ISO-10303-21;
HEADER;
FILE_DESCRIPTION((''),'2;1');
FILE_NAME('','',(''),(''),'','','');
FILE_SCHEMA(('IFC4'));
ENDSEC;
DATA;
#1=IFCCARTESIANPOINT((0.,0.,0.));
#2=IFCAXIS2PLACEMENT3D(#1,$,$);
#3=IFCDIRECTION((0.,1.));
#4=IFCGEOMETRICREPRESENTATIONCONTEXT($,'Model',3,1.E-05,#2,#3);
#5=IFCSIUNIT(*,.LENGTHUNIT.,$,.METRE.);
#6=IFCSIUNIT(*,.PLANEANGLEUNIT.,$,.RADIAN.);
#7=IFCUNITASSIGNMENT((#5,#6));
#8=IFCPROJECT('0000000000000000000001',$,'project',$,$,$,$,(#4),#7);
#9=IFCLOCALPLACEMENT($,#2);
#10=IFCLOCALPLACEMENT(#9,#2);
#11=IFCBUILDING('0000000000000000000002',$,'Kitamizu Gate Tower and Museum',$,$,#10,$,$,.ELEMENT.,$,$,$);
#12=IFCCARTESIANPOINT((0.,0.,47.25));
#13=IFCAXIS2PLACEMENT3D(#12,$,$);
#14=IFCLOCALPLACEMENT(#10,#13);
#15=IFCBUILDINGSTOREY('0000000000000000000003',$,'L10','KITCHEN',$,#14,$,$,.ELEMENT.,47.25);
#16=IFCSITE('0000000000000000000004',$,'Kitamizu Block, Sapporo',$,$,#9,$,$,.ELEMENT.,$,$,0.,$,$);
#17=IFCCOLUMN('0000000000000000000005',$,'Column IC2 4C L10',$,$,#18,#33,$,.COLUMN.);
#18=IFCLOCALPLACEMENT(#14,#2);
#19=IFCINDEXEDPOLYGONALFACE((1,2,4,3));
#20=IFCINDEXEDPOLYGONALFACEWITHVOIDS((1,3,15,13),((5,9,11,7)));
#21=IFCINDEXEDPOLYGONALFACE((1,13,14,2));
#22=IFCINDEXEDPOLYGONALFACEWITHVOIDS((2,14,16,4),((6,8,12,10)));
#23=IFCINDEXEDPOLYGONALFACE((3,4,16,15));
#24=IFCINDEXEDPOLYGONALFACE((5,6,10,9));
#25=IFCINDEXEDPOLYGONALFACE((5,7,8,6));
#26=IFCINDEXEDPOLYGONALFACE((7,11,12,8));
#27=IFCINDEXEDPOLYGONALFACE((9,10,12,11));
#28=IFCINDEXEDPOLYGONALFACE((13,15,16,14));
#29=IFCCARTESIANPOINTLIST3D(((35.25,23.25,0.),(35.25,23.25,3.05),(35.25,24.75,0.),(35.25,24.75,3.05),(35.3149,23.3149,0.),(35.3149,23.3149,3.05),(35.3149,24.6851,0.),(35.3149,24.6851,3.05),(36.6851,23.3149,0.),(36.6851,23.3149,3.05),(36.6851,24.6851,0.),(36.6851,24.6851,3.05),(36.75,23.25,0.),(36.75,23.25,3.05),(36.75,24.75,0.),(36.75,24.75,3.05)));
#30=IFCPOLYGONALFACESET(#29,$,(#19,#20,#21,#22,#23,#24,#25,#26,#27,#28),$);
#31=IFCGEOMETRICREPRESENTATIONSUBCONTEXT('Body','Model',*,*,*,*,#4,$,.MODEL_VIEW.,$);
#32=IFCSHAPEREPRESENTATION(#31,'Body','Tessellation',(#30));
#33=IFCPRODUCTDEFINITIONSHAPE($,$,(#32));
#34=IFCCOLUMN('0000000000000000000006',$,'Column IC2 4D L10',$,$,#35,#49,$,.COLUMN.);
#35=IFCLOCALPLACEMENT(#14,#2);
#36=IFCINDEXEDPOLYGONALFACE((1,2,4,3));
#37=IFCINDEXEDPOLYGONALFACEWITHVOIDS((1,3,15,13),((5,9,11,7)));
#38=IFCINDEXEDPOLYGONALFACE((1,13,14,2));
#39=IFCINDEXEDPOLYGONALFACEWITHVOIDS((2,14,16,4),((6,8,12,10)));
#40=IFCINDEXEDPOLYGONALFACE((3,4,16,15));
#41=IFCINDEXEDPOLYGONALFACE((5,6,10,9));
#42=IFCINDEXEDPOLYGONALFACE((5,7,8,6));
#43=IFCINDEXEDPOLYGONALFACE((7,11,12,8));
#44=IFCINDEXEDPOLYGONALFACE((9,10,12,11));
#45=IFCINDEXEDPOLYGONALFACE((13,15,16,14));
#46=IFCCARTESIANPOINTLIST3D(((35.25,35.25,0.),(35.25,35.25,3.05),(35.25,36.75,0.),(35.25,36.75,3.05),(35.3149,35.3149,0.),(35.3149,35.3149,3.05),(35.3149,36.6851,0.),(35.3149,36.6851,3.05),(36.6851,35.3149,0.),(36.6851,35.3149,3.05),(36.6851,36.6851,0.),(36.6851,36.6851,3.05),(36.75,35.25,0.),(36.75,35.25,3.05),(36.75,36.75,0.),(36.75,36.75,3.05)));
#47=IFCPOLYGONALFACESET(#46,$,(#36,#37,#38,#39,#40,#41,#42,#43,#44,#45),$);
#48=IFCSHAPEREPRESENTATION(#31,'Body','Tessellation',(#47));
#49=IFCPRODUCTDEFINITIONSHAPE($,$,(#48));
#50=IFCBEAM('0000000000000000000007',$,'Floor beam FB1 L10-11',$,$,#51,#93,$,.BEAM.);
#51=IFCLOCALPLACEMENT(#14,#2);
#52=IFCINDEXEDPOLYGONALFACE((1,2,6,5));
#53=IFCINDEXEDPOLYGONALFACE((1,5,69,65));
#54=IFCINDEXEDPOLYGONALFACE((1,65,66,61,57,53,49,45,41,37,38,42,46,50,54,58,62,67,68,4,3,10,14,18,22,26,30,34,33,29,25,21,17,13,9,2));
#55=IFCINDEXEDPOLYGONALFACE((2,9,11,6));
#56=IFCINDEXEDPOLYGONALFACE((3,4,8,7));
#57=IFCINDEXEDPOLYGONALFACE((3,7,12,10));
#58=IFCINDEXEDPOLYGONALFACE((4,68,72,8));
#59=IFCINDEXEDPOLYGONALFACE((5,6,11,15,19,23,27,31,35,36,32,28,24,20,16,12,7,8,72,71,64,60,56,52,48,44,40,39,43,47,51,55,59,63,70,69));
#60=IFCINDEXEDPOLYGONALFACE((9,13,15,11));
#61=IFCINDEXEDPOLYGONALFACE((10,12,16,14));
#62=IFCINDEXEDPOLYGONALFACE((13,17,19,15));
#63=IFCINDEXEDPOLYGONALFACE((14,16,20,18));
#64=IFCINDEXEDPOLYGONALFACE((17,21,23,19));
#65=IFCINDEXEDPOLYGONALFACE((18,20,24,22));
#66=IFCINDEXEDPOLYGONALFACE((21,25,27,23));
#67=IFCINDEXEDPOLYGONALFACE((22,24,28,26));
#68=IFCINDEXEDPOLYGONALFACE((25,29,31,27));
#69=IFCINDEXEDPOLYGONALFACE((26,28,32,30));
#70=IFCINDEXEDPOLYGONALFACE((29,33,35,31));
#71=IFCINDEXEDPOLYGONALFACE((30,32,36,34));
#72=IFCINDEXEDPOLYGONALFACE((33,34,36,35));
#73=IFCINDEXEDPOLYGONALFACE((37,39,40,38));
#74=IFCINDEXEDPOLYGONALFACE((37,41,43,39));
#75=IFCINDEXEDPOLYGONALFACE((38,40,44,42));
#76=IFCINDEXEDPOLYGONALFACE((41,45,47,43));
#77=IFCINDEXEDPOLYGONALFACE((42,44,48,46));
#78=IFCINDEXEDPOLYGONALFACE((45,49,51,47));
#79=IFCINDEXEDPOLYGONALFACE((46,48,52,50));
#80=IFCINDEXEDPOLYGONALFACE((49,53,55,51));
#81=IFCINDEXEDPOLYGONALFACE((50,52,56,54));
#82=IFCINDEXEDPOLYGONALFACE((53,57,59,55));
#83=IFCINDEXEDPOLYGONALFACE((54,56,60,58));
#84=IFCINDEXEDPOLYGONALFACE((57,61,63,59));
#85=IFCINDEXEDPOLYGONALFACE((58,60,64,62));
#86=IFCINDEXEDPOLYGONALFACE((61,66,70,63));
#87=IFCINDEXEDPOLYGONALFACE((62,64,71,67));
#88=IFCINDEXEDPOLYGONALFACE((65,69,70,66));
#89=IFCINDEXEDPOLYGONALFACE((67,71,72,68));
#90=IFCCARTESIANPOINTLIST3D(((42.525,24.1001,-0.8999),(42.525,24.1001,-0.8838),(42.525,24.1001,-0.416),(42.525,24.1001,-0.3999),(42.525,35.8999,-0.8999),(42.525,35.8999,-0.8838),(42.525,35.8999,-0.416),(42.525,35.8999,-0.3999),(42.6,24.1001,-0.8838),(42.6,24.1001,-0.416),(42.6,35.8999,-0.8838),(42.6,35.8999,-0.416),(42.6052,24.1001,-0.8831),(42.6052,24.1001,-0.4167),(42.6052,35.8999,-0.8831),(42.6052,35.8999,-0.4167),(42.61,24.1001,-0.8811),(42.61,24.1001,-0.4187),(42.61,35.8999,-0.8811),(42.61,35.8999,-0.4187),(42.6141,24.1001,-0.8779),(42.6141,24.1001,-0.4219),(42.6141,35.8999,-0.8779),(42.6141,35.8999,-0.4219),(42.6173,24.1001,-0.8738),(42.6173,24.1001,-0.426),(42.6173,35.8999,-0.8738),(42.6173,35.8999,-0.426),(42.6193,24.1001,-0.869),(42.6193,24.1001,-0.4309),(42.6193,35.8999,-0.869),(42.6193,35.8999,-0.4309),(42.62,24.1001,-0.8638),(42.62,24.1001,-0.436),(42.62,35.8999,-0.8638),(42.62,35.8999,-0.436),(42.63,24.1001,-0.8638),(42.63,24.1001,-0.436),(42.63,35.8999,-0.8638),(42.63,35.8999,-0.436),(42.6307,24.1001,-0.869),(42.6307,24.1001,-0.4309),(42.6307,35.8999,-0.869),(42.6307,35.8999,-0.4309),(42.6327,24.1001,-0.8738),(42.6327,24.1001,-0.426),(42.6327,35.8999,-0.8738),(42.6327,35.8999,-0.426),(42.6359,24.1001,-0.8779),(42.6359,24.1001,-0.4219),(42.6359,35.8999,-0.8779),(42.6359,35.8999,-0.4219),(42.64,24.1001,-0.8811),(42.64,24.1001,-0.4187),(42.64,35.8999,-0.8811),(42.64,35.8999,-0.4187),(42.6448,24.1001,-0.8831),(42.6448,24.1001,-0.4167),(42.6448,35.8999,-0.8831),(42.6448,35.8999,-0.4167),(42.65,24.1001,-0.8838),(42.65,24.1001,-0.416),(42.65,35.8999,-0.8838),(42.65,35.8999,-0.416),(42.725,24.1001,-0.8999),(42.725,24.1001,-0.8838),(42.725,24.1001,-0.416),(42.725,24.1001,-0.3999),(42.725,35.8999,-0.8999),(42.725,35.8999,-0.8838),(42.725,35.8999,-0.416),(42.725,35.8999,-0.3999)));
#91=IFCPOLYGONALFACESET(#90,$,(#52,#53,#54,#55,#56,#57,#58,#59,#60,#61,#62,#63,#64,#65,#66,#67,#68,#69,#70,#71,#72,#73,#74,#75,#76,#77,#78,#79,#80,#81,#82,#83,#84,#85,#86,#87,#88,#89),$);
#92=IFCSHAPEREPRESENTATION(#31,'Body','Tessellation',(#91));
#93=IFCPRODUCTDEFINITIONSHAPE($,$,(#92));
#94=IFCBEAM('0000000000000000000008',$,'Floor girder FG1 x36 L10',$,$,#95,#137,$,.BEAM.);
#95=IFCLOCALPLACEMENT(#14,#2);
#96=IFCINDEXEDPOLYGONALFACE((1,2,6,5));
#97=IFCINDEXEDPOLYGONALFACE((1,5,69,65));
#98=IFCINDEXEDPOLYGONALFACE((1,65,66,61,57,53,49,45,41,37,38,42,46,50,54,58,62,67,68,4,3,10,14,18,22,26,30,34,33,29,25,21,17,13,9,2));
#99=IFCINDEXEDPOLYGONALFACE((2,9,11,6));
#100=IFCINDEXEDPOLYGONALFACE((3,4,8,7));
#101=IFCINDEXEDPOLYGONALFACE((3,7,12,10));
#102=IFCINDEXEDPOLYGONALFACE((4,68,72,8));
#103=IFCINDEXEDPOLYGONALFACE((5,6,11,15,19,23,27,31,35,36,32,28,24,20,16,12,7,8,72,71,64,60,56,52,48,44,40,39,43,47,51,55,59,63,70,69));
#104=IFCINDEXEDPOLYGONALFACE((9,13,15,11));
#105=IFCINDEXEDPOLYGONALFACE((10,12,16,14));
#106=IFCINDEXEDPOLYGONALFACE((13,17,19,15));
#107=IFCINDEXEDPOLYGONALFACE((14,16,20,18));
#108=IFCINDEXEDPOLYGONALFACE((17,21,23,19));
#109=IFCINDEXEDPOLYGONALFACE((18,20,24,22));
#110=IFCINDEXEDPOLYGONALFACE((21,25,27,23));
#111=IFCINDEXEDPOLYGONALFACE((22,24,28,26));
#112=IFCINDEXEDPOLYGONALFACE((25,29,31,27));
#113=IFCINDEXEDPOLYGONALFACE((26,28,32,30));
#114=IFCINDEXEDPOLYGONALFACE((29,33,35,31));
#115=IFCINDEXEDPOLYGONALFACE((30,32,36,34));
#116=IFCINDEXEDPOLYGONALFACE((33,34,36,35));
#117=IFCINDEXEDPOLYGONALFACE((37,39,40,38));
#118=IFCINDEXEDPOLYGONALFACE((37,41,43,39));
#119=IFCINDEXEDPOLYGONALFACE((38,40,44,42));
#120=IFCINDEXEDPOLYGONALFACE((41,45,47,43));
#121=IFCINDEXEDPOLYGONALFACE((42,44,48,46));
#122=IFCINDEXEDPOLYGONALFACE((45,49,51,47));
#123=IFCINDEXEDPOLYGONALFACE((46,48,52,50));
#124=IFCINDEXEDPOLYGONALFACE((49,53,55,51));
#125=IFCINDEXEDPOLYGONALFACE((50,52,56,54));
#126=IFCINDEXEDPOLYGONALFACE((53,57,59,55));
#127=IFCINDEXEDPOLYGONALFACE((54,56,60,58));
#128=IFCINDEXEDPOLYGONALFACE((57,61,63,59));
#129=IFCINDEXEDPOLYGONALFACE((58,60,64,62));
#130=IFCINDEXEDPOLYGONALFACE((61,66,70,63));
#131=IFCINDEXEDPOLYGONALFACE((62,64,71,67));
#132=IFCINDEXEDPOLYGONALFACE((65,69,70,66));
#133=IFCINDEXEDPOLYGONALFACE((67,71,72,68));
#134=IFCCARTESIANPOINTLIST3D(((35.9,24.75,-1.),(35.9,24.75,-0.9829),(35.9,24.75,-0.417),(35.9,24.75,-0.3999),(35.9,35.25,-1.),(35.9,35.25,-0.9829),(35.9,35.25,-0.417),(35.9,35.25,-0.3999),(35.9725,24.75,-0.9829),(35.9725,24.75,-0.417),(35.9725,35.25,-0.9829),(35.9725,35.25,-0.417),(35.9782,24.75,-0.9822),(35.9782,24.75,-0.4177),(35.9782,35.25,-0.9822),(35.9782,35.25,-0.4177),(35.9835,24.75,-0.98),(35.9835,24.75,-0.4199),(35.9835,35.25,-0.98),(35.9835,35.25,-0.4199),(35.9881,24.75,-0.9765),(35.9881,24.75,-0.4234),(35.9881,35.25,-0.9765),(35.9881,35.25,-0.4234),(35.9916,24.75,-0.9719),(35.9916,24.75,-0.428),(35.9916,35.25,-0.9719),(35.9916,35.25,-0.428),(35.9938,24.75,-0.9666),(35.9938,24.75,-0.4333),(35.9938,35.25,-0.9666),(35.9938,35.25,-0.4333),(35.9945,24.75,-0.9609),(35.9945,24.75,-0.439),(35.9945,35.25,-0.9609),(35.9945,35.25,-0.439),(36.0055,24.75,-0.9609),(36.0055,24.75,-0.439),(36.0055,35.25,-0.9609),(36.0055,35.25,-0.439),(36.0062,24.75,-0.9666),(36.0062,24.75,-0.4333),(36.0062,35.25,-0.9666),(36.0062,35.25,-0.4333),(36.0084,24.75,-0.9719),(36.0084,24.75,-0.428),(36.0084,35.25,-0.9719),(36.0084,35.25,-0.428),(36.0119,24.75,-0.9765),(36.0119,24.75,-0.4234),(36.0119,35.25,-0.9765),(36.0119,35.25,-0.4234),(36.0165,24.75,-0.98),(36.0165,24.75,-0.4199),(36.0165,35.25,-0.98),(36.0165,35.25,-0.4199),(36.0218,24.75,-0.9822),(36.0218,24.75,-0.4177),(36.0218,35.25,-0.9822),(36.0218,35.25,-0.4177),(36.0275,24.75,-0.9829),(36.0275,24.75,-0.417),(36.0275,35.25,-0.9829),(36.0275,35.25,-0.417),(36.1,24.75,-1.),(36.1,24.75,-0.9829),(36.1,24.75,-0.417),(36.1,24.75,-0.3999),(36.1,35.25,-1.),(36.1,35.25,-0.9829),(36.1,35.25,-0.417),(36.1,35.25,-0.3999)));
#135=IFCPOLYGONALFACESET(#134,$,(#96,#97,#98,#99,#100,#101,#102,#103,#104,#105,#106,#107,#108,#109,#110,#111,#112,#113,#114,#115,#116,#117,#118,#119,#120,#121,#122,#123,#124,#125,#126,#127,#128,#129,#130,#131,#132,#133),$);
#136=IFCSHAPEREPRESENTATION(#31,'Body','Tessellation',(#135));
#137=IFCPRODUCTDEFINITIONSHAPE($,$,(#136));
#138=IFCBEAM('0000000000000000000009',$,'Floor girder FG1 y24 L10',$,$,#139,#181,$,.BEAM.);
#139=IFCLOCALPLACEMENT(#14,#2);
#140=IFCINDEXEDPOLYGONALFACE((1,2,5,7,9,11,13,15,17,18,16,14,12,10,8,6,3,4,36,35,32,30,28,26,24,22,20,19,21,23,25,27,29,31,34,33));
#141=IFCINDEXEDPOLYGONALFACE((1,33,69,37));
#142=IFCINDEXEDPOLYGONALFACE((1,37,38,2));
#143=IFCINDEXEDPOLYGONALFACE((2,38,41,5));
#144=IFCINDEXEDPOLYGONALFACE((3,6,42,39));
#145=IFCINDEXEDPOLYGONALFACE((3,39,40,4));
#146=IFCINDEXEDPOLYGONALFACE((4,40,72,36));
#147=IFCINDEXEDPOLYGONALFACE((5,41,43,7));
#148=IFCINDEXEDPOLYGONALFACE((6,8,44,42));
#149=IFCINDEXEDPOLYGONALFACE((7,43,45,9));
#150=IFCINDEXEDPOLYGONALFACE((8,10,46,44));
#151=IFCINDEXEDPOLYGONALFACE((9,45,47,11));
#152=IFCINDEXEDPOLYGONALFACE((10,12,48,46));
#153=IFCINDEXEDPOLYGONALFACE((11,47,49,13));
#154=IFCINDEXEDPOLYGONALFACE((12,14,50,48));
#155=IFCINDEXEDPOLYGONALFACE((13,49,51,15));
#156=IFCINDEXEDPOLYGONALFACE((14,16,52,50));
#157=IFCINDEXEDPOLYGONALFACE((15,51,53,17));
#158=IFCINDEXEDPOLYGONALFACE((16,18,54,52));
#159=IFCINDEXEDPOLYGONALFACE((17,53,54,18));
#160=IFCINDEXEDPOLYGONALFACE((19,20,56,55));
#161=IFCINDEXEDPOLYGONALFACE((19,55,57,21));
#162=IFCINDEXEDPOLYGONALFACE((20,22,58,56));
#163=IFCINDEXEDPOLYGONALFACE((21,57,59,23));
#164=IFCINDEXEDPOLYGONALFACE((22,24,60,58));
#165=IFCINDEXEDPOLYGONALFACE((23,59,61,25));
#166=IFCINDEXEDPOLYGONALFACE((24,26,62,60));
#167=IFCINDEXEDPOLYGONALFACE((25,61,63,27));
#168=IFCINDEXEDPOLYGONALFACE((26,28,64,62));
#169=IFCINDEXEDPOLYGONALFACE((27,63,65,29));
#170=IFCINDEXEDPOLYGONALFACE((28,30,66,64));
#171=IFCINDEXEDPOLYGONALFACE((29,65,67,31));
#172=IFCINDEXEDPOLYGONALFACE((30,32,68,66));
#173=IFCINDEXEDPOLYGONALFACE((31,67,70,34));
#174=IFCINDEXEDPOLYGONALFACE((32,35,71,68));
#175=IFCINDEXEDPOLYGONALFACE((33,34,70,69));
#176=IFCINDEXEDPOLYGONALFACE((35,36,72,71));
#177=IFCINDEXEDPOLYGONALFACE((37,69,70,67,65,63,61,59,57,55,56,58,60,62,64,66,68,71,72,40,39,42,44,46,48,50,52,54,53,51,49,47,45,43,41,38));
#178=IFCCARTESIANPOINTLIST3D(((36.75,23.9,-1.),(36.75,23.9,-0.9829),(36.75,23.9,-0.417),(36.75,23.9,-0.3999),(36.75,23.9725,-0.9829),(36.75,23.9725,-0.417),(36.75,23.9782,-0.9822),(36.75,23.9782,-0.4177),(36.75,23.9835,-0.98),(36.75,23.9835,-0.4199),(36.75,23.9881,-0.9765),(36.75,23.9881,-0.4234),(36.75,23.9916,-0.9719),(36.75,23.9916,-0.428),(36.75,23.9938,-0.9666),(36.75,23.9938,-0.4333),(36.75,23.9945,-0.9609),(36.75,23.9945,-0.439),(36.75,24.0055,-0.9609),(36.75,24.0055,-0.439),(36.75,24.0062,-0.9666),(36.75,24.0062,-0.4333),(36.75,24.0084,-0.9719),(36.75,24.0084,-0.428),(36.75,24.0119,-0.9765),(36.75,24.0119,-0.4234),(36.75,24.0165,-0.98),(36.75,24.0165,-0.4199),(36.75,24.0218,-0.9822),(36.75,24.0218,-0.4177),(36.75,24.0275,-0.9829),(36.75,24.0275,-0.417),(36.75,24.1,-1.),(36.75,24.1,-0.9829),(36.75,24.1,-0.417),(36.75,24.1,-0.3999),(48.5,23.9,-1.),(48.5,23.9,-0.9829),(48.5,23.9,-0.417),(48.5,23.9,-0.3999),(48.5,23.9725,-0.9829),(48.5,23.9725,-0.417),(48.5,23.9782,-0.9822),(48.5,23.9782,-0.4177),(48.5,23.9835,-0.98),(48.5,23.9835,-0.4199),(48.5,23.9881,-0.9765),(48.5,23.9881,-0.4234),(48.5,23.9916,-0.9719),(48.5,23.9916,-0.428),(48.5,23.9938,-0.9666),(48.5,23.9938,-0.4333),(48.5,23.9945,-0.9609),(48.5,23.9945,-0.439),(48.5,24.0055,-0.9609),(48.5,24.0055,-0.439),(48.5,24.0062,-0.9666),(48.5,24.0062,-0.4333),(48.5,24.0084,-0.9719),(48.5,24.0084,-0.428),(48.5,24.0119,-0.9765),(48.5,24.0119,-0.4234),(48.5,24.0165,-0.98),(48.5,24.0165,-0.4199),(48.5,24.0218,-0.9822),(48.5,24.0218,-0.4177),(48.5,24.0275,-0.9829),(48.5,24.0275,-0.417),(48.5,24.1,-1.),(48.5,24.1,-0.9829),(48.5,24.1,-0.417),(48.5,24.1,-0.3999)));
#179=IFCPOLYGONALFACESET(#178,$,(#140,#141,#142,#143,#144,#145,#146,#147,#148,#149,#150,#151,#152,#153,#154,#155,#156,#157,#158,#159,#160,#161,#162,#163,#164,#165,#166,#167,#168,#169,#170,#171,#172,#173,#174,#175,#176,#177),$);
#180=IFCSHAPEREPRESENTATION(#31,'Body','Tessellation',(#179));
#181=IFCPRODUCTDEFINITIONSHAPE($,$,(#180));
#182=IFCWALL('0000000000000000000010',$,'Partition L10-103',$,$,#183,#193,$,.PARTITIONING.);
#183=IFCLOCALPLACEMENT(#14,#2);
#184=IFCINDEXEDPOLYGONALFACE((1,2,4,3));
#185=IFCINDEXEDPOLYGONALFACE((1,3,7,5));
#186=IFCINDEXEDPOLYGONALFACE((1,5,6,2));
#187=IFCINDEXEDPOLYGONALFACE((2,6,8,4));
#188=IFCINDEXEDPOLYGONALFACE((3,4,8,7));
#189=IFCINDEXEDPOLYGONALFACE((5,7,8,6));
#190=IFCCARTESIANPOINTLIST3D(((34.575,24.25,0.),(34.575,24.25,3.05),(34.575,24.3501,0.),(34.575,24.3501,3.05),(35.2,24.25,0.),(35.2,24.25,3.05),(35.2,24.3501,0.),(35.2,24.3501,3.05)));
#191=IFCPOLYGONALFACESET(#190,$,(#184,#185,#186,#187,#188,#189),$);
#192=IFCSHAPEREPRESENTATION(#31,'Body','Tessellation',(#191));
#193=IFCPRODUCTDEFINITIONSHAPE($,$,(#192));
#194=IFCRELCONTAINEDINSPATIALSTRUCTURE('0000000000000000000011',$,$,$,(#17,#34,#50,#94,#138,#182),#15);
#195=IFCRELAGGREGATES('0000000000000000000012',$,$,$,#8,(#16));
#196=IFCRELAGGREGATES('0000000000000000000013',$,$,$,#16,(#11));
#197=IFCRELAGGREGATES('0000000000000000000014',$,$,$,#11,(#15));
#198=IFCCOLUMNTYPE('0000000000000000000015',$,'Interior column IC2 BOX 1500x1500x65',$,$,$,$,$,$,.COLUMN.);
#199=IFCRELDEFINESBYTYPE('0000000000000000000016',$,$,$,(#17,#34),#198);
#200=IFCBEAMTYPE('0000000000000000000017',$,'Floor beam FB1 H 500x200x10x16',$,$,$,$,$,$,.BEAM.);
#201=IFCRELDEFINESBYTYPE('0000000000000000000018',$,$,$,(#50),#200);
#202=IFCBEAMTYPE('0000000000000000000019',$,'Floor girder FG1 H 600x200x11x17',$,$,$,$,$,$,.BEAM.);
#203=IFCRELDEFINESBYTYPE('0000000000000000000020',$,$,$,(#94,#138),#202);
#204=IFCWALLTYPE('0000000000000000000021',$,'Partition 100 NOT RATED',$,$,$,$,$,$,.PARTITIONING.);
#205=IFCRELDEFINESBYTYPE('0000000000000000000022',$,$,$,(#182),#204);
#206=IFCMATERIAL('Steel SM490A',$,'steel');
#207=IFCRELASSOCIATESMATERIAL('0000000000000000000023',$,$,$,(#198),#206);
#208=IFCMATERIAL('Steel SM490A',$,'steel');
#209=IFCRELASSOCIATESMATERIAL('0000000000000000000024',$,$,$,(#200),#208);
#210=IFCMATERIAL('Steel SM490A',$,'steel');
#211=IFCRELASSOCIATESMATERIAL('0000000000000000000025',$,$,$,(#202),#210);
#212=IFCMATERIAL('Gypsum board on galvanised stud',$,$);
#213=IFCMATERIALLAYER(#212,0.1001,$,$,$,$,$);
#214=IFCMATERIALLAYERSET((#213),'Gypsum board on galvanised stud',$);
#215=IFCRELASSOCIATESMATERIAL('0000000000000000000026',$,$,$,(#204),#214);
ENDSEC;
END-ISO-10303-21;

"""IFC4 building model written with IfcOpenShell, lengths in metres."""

from ifc_helpers import new_model, si_unit, direction, frame, frame_2d, origin, origin_2d, place, context, subcontext, project, spatial, rectangle, hollow_rectangle, i_section, extrude, material, layer, layer_set, material_profile, profile_set, type_object, element, save


model = new_model("IFC4")

# Units and contexts
model_context = context("Model", 3, precision=1e-05, world=origin(), true_north=direction((0.0, 1.0)))
body_context = subcontext(model_context, "Body", "Model", "MODEL_VIEW")
ifc_project = project(units=[si_unit("LENGTHUNIT", "METRE"), si_unit("PLANEANGLEUNIT", "RADIAN")], contexts=[model_context])

# Site, building, storey
site_placement = place(None, origin())
site = spatial("IfcSite", under=ifc_project, at=site_placement, Name="Kitamizu Block, Sapporo", CompositionType="ELEMENT", RefElevation=0.0)
building_placement = place(site_placement, origin())
building = spatial("IfcBuilding", under=site, at=building_placement, Name="Kitamizu Gate Tower and Museum", CompositionType="ELEMENT")
storey_placement = place(building_placement, frame((0.0, 0.0, 47.25)))
storey = spatial("IfcBuildingStorey", under=building, at=storey_placement, Name="L10", Description="KITCHEN", CompositionType="ELEMENT", Elevation=47.25)

# Columns
ifc_material_1 = material(Name="Steel SM490A", Category="steel")
ifc_material_profile_1 = material_profile(ifc_material_1, hollow_rectangle(XDim=1.5, YDim=1.5, WallThickness=0.0649, at=origin_2d()), Name="BOX 1500x1500x65")
ifc_profile_set_1 = profile_set([ifc_material_profile_1], Name="Steel SM490A")
column_type = type_object("IfcColumnType", Name="Interior column IC2 BOX 1500x1500x65", PredefinedType="COLUMN", material=ifc_profile_set_1)
for number, where, z_axis, x_axis, name in (
    (1, (36.0, 24.0, 0.0), (0.0, 0.0, 1.0), (1.0, 0.0, 0.0), "Column IC2 4C L10"),
    (2, (36.0, 36.0, 0.0), (0.0, 0.0, 1.0), (1.0, 0.0, 0.0), "Column IC2 4D L10"),
):
    element("IfcColumn", number, at=place(storey_placement, frame(where, z_axis=z_axis, x_axis=x_axis)), inside=storey, type_object=column_type, Name=name, PredefinedType="COLUMN", context=body_context, shape_type="SweptSolid", body=[
        extrude(hollow_rectangle(XDim=1.5, YDim=1.5, WallThickness=0.0649, at=origin_2d()), origin(), (0.0, 0.0, 1.0), 3.05),
    ])

# Beams
ifc_material_2 = material(Name="Steel SM490A", Category="steel")
ifc_material_profile_2 = material_profile(ifc_material_2, i_section(OverallWidth=0.2, OverallDepth=0.5, WebThickness=0.01, FlangeThickness=0.0161, FilletRadius=0.02, at=origin_2d()), Name="H-500x200x10x16")
ifc_profile_set_2 = profile_set([ifc_material_profile_2], Name="Steel SM490A")
beam_type_1 = type_object("IfcBeamType", Name="Floor beam FB1 H 500x200x10x16", PredefinedType="BEAM", material=ifc_profile_set_2)
beam_1_placement = place(storey_placement, frame((42.625, 24.1001, -0.6499), z_axis=(0.0, 1.0, 0.0), x_axis=(-1.0, 0.0, 0.0)))
element("IfcBeam", 3, at=beam_1_placement, inside=storey, type_object=beam_type_1, Name="Floor beam FB1 L10-11", PredefinedType="BEAM", context=body_context, shape_type="SweptSolid", body=[
    extrude(i_section(OverallWidth=0.2, OverallDepth=0.5, WebThickness=0.01, FlangeThickness=0.0161, FilletRadius=0.02, at=origin_2d()), origin(), (0.0, 0.0, 1.0), 11.7998),
])
ifc_material_3 = material(Name="Steel SM490A", Category="steel")
ifc_material_profile_3 = material_profile(ifc_material_3, i_section(OverallWidth=0.2, OverallDepth=0.6001, WebThickness=0.011, FlangeThickness=0.0171, FilletRadius=0.022, at=origin_2d()), Name="H-600x200x11x17")
ifc_profile_set_3 = profile_set([ifc_material_profile_3], Name="Steel SM490A")
beam_type_2 = type_object("IfcBeamType", Name="Floor girder FG1 H 600x200x11x17", PredefinedType="BEAM", material=ifc_profile_set_3)
beam_2_placement = place(storey_placement, frame((36.0, 24.75, -0.7), z_axis=(0.0, 1.0, 0.0), x_axis=(-1.0, 0.0, 0.0)))
element("IfcBeam", 4, at=beam_2_placement, inside=storey, type_object=beam_type_2, Name="Floor girder FG1 x36 L10", PredefinedType="BEAM", context=body_context, shape_type="SweptSolid", body=[
    extrude(i_section(OverallWidth=0.2, OverallDepth=0.6001, WebThickness=0.011, FlangeThickness=0.0171, FilletRadius=0.022, at=origin_2d()), origin(), (0.0, 0.0, 1.0), 10.5),
])
beam_3_placement = place(storey_placement, frame((36.75, 24.0, -0.7), z_axis=(1.0, 0.0, 0.0), x_axis=(0.0, 1.0, 0.0)))
element("IfcBeam", 5, at=beam_3_placement, inside=storey, type_object=beam_type_2, Name="Floor girder FG1 y24 L10", PredefinedType="BEAM", context=body_context, shape_type="SweptSolid", body=[
    extrude(i_section(OverallWidth=0.2, OverallDepth=0.6001, WebThickness=0.011, FlangeThickness=0.0171, FilletRadius=0.022, at=origin_2d()), origin(), (0.0, 0.0, 1.0), 11.75),
])

# Wall
ifc_material_4 = material(Name="Gypsum board on galvanised stud")
ifc_layer_1 = layer(ifc_material_4, 0.1001)
ifc_layer_set_1 = layer_set([ifc_layer_1], Name="Gypsum board on galvanised stud")
wall_type_1 = type_object("IfcWallType", Name="Partition 100 NOT RATED", PredefinedType="PARTITIONING", material=ifc_layer_set_1)
wall_1_placement = place(storey_placement, frame((35.2, 24.3, 0.0), z_axis=(0.0, 0.0, 1.0), x_axis=(-1.0, 0.0, 0.0)))
element("IfcWall", 6, at=wall_1_placement, inside=storey, type_object=wall_type_1, Name="Partition L10-103", PredefinedType="PARTITIONING", context=body_context, shape_type="SweptSolid", body=[
    extrude(rectangle(XDim=0.625, YDim=0.1001, at=frame_2d((0.3125, 0.0))), origin(), (0.0, 0.0, 1.0), 3.05),
])

save(model, "model.ifc")
